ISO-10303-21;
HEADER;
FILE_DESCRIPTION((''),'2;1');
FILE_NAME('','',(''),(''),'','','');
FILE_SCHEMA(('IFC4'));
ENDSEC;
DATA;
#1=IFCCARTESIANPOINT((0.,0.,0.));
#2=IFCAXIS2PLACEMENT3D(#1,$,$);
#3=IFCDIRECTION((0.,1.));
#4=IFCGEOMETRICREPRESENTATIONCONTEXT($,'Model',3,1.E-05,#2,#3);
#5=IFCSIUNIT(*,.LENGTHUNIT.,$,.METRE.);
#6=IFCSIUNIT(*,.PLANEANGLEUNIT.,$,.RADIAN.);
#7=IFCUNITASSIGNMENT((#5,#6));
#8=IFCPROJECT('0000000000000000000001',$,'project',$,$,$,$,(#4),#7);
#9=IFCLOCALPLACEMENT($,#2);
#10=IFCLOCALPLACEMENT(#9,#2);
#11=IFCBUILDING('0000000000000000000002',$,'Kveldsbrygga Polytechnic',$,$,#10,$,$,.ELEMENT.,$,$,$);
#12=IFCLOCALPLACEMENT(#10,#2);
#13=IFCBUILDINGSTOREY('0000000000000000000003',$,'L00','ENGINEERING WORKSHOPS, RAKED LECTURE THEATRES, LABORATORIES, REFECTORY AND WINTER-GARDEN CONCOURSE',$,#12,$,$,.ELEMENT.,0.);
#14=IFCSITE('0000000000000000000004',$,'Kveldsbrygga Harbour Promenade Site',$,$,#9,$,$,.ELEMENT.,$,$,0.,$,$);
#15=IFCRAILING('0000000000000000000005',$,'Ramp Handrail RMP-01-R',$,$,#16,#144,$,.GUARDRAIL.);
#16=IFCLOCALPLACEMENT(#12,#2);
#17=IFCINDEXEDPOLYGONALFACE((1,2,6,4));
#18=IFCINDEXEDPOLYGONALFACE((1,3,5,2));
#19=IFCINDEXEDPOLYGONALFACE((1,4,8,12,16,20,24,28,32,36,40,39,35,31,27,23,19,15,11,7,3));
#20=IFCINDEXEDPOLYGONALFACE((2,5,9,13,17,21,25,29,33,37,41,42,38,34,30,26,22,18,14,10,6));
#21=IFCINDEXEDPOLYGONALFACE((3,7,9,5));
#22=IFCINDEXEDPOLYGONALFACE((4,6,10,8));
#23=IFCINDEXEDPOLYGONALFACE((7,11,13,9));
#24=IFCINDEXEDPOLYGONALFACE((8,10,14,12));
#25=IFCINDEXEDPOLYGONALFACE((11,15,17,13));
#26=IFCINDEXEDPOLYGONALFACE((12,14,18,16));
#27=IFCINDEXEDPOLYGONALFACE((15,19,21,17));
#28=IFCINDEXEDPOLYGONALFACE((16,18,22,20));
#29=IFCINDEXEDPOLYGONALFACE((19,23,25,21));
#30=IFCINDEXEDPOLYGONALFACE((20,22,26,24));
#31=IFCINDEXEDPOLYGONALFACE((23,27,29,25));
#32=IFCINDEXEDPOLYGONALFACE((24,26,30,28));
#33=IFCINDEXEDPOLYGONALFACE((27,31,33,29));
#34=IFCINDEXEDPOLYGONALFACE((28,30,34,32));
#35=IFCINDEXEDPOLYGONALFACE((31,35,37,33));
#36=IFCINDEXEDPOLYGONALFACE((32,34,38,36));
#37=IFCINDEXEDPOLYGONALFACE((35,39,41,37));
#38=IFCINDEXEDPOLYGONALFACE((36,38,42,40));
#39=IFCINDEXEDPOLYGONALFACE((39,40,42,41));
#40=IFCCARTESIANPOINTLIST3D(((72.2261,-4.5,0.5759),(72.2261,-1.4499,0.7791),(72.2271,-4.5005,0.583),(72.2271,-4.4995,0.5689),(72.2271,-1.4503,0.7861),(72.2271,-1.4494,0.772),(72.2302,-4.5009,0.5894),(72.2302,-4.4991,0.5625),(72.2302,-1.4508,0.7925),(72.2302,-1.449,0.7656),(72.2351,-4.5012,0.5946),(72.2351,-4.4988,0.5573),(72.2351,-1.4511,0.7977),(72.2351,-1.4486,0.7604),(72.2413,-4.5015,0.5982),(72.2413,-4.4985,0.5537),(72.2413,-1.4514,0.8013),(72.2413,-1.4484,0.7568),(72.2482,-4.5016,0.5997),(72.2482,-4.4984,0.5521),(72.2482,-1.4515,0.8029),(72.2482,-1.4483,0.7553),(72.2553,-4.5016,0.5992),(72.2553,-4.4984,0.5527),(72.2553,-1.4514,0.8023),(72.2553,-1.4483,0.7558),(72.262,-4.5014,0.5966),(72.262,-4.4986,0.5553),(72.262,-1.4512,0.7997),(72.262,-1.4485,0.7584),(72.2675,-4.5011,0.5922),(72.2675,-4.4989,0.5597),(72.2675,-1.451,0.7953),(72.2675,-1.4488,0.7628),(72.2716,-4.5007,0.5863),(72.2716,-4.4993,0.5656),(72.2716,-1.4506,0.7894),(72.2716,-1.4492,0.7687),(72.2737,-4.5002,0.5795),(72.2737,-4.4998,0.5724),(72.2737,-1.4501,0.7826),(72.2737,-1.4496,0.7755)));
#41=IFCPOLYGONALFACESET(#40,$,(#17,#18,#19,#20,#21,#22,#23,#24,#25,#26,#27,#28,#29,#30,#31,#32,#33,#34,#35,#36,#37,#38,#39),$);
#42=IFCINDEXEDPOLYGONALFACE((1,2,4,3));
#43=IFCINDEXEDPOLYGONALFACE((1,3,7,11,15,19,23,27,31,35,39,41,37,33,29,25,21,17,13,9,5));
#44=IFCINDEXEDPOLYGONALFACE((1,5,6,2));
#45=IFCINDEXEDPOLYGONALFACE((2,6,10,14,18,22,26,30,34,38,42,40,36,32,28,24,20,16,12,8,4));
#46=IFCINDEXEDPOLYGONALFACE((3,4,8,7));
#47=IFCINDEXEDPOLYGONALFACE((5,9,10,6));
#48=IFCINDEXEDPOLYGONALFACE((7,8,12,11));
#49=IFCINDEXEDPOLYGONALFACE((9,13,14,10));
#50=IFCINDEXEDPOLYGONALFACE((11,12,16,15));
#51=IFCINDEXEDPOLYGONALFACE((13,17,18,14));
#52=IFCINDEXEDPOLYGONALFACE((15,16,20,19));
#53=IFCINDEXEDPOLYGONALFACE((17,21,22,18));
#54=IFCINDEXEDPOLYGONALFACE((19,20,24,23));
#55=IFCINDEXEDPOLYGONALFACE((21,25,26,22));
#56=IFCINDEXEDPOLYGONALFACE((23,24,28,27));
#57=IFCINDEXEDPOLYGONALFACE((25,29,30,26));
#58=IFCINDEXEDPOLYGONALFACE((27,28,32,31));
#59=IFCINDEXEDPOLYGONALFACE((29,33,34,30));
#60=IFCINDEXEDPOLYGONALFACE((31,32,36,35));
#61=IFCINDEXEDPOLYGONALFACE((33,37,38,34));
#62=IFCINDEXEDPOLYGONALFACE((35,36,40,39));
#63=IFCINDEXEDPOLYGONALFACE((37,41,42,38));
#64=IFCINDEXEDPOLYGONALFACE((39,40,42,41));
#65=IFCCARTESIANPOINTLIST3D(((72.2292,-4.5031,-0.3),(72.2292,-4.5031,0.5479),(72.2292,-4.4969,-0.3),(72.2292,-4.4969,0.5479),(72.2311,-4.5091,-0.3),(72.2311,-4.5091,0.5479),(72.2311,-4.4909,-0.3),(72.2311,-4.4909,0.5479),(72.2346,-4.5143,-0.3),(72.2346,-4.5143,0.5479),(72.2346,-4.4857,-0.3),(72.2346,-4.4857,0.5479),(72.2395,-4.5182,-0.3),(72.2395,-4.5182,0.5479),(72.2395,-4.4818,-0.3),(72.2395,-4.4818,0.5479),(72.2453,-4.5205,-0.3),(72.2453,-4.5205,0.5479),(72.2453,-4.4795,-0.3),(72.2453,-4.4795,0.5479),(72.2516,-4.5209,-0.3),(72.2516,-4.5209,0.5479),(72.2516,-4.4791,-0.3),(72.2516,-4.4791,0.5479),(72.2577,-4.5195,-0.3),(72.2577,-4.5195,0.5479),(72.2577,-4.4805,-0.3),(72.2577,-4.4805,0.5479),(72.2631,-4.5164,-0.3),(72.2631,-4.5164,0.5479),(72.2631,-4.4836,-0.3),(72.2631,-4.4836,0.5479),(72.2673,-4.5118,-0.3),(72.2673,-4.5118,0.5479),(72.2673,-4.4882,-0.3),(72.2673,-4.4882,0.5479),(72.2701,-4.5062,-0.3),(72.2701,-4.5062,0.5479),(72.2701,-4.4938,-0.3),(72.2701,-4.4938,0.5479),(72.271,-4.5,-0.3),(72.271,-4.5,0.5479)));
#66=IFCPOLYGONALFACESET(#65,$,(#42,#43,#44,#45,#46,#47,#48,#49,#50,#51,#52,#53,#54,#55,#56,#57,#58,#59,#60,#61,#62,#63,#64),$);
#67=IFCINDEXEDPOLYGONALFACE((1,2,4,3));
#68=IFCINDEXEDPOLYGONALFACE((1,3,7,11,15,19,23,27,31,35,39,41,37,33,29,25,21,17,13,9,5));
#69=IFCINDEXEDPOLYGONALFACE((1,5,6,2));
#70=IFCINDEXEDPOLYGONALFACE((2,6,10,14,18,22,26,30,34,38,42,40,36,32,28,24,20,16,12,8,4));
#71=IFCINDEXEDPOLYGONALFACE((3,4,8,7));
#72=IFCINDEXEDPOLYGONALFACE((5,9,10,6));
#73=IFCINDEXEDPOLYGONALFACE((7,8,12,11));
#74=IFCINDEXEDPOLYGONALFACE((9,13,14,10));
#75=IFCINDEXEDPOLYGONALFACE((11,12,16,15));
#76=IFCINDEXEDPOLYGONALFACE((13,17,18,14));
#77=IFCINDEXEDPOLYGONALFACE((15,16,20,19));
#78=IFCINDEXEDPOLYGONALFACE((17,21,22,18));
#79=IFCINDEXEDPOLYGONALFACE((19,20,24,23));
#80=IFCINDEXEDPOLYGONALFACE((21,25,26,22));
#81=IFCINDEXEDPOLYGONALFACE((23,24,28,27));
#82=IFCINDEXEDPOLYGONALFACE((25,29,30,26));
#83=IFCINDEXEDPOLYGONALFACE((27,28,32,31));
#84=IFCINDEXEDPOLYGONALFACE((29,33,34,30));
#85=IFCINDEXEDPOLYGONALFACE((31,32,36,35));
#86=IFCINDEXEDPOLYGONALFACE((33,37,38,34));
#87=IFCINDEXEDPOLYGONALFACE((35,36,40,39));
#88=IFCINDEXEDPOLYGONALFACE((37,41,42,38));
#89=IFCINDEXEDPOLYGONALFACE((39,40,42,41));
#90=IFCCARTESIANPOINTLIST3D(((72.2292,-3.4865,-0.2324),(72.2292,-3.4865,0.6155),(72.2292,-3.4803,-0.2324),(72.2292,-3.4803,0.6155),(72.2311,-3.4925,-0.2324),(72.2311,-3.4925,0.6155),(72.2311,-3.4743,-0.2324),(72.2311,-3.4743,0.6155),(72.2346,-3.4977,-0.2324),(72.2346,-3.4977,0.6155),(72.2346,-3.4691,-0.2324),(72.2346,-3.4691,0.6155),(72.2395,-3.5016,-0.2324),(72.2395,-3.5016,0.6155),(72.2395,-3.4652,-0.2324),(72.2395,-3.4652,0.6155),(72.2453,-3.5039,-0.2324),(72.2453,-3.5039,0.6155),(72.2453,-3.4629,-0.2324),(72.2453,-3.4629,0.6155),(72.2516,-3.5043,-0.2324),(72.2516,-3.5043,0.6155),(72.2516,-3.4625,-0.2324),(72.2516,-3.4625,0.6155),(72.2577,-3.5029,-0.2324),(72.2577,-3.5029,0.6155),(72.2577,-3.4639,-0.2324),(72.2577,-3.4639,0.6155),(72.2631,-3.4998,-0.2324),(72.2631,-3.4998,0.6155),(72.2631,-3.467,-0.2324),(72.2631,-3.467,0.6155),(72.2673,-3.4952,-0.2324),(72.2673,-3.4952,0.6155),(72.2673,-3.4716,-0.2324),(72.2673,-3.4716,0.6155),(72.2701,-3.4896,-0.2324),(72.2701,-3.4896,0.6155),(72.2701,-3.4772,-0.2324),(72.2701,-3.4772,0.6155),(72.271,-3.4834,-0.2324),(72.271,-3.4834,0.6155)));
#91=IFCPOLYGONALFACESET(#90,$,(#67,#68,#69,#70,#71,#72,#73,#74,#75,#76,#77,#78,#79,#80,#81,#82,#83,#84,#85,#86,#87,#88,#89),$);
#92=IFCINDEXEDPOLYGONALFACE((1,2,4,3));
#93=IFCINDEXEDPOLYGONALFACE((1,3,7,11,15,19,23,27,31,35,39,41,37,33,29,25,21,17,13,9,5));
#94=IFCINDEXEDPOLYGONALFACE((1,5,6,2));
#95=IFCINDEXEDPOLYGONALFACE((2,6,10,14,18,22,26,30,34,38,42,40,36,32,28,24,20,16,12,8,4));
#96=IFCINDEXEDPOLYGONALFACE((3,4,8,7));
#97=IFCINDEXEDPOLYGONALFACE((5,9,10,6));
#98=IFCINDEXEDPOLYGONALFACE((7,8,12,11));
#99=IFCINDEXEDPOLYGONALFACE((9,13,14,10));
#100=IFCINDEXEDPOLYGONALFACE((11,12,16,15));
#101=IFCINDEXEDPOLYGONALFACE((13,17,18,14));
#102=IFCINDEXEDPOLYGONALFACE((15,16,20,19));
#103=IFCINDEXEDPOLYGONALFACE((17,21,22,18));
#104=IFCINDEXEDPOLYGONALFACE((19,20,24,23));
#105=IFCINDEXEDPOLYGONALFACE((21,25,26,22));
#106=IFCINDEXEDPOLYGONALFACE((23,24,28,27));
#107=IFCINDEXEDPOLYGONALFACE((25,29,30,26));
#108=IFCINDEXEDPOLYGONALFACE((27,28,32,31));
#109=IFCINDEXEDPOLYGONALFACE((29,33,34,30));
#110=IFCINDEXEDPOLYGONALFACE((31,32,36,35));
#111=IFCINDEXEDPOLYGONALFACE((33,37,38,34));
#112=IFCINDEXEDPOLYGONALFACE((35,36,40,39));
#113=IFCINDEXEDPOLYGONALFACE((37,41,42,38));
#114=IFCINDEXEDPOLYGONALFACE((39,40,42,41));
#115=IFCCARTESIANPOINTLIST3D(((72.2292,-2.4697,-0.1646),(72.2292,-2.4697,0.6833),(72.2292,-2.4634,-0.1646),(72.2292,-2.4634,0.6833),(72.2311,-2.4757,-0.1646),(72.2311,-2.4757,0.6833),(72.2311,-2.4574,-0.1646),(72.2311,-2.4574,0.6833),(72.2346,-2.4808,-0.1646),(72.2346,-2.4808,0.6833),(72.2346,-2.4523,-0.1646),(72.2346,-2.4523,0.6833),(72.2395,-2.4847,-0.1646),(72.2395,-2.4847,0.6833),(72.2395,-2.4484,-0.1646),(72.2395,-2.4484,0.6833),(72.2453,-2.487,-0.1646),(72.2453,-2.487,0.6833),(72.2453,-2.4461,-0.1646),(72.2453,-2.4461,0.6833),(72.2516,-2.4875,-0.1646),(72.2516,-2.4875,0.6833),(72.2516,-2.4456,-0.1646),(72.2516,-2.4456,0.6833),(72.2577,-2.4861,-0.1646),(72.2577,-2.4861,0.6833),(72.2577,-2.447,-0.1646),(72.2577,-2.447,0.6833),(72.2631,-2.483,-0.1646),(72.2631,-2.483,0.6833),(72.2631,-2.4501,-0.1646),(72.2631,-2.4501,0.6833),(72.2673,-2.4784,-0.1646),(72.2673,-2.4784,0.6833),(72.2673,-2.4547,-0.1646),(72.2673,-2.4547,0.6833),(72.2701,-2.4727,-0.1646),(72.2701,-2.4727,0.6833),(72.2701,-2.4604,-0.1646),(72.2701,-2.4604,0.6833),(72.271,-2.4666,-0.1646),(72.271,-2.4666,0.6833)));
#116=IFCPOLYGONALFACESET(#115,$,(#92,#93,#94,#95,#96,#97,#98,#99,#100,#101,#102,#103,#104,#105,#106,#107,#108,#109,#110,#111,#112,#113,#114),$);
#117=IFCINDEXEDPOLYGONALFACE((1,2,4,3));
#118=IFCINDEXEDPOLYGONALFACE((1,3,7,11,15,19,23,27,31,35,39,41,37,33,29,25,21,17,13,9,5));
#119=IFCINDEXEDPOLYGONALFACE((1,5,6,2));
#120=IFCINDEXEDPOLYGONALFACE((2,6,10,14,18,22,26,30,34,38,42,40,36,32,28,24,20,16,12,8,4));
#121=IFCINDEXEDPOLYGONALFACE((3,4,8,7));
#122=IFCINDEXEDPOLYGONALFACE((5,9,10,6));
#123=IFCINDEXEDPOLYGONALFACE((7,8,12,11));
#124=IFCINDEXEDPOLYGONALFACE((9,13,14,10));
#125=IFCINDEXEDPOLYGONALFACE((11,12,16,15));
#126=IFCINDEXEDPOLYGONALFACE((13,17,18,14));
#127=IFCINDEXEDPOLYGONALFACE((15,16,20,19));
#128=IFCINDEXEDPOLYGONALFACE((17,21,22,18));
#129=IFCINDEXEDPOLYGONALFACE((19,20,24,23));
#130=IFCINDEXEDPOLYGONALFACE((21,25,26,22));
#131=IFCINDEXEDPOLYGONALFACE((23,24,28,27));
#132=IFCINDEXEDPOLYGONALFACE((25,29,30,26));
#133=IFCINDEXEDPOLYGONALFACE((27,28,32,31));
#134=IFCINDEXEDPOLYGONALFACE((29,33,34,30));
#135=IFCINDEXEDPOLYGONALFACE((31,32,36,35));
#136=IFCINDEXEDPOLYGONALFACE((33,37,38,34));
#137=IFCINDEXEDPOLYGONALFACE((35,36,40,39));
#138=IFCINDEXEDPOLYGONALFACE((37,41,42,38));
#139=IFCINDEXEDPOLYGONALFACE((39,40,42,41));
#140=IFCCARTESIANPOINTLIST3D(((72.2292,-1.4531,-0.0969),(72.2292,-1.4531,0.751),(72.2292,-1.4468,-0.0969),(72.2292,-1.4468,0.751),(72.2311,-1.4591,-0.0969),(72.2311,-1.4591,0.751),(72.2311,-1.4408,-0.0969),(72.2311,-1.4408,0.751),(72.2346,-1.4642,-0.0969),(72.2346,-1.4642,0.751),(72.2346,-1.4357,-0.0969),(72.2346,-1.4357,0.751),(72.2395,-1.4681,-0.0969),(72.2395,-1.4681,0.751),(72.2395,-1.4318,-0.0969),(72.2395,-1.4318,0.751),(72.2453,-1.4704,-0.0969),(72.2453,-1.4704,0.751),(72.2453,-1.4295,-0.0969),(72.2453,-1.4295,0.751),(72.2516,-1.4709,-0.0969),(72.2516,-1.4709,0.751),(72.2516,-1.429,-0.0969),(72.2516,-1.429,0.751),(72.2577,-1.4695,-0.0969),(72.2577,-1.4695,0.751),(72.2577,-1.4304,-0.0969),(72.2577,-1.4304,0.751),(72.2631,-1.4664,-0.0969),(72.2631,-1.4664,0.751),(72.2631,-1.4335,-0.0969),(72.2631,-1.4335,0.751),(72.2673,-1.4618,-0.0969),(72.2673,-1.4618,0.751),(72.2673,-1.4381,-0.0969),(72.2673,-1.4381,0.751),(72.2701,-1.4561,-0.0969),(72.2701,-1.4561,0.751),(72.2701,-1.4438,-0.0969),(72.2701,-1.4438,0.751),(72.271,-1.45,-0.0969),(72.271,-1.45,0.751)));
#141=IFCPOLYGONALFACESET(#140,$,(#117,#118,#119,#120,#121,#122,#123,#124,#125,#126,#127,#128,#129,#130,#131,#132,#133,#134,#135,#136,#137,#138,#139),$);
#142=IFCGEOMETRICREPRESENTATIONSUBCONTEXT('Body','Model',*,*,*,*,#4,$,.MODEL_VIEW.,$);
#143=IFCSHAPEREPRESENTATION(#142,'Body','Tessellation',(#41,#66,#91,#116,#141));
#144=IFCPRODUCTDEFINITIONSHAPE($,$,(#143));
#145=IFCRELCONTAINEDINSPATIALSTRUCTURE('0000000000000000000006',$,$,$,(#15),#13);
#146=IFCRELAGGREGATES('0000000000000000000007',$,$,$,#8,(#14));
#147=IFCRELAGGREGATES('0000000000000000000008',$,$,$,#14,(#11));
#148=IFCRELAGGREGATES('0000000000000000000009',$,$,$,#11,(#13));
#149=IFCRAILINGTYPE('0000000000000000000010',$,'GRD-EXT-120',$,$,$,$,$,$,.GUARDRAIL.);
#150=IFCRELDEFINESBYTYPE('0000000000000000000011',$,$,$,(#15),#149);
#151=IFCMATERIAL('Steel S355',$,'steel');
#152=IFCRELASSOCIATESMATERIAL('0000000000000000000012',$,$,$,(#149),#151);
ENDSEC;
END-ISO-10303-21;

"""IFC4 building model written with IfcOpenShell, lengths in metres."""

from ifc_helpers import new_model, si_unit, direction, frame, origin, origin_2d, place, context, subcontext, project, spatial, circle, extrude, material, type_object, element, save


model = new_model("IFC4")

# Units and contexts
model_context = context("Model", 3, precision=1e-05, world=origin(), true_north=direction((0.0, 1.0)))
body_context = subcontext(model_context, "Body", "Model", "MODEL_VIEW")
ifc_project = project(units=[si_unit("LENGTHUNIT", "METRE"), si_unit("PLANEANGLEUNIT", "RADIAN")], contexts=[model_context])

# Site, building, storey
site_placement = place(None, origin())
site = spatial("IfcSite", under=ifc_project, at=site_placement, Name="Kveldsbrygga Harbour Promenade Site", CompositionType="ELEMENT", RefElevation=0.0)
building_placement = place(site_placement, origin())
building = spatial("IfcBuilding", under=site, at=building_placement, Name="Kveldsbrygga Polytechnic", CompositionType="ELEMENT")
storey_placement = place(building_placement, origin())
storey = spatial("IfcBuildingStorey", under=building, at=storey_placement, Name="L00", Description="ENGINEERING WORKSHOPS, RAKED LECTURE THEATRES, LABORATORIES, REFECTORY AND WINTER-GARDEN CONCOURSE", CompositionType="ELEMENT", Elevation=0.0)

# Shared definitions
ifc_material_1 = material(Name="Steel S355", Category="steel")

# Railing
railing_type = type_object("IfcRailingType", Name="GRD-EXT-120", PredefinedType="GUARDRAIL", material=ifc_material_1)
for number, where, name in (
    (1, (72.25, -4.5, -0.3), "Ramp Handrail RMP-01-R"),
):
    element("IfcRailing", number, at=place(storey_placement, frame(where)), inside=storey, type_object=railing_type, Name=name, PredefinedType="GUARDRAIL", context=body_context, shape_type="SweptSolid", body=[
        extrude(circle(Radius=0.0239, at=origin_2d()), frame((0.0, 0.0, 0.876), z_axis=(0.0, 0.99779, 0.06645), x_axis=(-1.0, 0.0, 0.0)), (0.0, 0.0, 1.0), 3.0569),
        extrude(circle(Radius=0.021, at=origin_2d()), origin(), (0.0, 0.0, 1.0), 0.8479),
        extrude(circle(Radius=0.021, at=origin_2d()), frame((0.0, 1.0166, 0.0676)), (0.0, 0.0, 1.0), 0.8479),
        extrude(circle(Radius=0.021, at=origin_2d()), frame((0.0, 2.0334, 0.1355)), (0.0, 0.0, 1.0), 0.8479),
        extrude(circle(Radius=0.021, at=origin_2d()), frame((0.0, 3.05, 0.2031)), (0.0, 0.0, 1.0), 0.8479),
    ])

save(model, "model.ifc")
